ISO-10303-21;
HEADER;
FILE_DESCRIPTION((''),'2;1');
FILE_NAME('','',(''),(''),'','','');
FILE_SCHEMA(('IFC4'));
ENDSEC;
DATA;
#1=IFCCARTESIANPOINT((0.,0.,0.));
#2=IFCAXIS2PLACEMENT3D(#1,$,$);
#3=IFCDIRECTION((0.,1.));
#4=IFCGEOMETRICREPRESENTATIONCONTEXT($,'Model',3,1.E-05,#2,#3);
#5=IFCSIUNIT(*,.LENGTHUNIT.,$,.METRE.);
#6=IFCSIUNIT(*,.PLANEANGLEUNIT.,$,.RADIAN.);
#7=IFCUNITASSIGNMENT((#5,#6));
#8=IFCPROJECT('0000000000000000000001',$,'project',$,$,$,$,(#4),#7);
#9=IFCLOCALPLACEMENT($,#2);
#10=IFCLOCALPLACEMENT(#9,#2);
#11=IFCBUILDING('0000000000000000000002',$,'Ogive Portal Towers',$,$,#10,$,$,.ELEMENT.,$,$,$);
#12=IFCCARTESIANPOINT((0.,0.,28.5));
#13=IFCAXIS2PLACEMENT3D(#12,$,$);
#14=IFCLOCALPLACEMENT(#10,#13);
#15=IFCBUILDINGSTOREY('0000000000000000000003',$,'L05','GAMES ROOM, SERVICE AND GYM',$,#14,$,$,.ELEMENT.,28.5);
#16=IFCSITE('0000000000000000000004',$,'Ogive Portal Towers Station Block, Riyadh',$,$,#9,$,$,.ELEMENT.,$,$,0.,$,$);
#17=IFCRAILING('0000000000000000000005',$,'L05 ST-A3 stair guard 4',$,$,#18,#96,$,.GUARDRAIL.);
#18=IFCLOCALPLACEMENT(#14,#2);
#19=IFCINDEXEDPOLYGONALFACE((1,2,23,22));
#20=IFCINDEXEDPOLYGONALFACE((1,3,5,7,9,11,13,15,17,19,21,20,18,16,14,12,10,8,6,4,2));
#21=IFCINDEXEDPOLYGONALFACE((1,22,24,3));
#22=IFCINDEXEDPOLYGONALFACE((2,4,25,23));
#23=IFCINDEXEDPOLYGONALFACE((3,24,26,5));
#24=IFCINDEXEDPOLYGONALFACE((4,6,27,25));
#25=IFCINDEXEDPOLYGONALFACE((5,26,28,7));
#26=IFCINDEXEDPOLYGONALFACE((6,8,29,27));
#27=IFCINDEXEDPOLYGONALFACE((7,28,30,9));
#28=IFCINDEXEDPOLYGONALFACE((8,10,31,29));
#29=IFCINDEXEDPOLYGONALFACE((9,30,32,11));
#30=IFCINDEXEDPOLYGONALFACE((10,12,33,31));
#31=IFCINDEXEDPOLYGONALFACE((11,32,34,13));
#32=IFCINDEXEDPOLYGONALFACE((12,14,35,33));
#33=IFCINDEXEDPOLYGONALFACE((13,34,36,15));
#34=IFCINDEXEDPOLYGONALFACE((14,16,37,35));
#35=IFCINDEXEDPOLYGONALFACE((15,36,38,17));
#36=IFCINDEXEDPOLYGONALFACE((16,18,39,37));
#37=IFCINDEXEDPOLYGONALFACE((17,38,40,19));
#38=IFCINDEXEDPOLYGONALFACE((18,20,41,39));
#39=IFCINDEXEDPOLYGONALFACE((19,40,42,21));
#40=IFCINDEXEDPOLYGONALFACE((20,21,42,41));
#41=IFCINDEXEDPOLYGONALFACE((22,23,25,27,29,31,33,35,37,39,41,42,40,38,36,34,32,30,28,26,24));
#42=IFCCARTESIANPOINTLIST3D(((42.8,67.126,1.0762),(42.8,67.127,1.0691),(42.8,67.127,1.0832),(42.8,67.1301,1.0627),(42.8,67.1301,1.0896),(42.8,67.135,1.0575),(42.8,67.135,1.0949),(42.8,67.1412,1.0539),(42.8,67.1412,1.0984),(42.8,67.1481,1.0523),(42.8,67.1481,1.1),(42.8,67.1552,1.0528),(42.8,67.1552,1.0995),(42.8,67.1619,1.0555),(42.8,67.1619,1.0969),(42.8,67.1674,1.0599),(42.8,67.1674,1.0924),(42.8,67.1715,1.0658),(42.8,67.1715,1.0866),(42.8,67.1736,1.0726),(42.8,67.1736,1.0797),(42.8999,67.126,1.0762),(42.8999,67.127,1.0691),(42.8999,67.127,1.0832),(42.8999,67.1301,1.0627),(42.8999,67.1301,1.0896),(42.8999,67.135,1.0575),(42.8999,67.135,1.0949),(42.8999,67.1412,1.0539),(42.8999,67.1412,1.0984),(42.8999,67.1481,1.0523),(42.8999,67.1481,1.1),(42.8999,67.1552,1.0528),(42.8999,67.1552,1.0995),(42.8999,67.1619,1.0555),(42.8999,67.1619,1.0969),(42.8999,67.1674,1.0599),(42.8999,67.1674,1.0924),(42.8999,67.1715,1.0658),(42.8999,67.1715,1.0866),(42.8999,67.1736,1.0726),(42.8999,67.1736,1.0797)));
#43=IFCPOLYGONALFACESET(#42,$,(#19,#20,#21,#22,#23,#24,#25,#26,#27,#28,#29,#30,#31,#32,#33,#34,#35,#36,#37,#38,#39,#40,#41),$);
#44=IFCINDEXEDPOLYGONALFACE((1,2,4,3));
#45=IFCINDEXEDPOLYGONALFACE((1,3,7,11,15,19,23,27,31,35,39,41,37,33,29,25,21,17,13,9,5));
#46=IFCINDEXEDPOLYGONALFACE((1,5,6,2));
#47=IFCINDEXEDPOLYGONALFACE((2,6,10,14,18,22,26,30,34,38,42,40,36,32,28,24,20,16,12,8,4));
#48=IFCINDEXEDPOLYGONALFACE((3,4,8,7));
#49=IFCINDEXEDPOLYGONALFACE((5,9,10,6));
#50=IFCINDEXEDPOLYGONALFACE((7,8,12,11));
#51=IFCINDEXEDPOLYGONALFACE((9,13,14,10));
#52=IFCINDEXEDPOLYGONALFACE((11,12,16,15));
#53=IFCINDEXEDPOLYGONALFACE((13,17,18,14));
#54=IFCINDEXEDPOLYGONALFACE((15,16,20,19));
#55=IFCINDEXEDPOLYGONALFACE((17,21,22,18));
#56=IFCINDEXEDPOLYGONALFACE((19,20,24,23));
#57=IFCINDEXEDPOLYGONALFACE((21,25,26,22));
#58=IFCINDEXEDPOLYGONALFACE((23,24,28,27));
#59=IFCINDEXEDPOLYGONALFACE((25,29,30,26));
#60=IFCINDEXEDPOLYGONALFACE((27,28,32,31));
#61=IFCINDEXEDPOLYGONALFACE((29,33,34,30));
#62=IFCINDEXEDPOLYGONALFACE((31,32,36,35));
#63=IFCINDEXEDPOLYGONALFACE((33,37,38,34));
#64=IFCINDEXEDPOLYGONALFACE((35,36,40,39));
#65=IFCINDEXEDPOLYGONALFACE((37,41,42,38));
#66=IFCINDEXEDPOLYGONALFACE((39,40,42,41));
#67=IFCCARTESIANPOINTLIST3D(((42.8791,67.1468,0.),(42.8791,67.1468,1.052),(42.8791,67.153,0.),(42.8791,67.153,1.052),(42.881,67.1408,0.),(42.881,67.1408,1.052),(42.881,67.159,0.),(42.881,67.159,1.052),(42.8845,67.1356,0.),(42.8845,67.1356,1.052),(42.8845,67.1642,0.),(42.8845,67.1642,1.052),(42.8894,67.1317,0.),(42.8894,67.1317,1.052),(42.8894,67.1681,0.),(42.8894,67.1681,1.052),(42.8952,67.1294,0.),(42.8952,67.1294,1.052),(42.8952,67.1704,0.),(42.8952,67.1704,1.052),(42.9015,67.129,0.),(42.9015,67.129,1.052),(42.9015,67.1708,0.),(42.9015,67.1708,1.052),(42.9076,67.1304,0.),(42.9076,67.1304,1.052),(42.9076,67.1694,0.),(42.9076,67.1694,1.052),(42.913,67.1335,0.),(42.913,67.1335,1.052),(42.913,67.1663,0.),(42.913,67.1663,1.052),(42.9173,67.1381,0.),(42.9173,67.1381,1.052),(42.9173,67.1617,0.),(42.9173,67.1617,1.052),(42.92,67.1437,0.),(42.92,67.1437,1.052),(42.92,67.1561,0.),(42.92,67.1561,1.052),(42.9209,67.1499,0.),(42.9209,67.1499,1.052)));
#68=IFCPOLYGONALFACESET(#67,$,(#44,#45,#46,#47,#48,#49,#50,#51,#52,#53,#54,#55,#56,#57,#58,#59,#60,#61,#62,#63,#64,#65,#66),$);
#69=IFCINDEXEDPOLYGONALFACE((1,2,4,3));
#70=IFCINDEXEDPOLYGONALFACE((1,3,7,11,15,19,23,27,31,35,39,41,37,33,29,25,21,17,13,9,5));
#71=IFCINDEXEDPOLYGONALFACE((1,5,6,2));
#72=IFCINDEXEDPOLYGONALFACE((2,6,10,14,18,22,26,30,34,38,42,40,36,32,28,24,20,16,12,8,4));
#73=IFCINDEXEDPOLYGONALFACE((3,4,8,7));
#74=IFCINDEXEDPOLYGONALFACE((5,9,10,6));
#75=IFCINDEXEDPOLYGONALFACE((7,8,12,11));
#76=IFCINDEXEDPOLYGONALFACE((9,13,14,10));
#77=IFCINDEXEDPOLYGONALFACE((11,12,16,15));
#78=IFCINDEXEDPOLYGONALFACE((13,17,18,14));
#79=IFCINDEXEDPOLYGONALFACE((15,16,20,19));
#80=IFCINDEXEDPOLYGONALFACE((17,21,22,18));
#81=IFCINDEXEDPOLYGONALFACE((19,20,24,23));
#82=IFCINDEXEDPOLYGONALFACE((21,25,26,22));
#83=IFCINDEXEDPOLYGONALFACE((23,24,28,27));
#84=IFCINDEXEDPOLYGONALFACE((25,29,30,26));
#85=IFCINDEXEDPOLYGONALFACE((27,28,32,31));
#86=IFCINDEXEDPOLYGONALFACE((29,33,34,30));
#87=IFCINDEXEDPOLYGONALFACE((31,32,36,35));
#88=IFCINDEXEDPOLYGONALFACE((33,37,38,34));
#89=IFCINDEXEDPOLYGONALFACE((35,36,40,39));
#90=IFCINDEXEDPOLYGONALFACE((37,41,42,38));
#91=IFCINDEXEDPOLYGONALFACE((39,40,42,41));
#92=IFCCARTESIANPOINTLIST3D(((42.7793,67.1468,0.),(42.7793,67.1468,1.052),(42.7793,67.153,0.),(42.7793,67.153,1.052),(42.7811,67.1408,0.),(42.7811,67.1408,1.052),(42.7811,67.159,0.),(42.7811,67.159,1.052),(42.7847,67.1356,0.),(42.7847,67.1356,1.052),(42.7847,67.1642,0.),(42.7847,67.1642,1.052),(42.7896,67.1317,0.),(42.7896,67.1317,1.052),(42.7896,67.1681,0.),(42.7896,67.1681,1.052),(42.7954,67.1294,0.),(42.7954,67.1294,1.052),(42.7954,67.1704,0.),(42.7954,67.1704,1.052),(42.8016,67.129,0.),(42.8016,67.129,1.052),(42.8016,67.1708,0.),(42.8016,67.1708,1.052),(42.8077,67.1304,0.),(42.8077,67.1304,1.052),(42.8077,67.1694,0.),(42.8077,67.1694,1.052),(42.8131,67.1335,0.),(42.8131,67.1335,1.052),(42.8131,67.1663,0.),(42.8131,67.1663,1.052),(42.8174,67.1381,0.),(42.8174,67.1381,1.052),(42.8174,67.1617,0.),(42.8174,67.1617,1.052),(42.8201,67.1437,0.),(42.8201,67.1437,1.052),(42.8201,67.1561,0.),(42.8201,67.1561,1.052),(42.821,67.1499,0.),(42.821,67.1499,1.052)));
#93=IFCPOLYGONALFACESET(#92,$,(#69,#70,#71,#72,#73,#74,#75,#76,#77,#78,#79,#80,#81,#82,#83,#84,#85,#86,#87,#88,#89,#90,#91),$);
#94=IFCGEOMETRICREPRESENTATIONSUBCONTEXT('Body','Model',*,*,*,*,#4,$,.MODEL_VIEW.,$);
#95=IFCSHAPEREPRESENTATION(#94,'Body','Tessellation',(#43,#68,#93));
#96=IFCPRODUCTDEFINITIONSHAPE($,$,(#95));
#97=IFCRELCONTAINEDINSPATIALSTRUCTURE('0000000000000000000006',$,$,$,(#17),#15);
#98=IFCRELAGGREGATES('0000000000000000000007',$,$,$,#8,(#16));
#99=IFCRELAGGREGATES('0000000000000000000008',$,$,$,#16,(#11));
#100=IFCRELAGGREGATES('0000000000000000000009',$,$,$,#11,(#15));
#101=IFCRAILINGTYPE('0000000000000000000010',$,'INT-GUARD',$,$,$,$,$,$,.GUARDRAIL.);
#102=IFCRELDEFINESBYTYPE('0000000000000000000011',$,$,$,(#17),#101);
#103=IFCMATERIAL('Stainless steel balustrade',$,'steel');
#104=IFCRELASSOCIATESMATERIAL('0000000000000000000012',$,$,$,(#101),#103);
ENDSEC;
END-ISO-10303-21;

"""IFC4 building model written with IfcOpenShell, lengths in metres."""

from ifc_helpers import new_model, si_unit, direction, frame, origin, origin_2d, place, context, subcontext, project, spatial, circle, extrude, material, type_object, element, save


model = new_model("IFC4")

# Units and contexts
model_context = context("Model", 3, precision=1e-05, world=origin(), true_north=direction((0.0, 1.0)))
body_context = subcontext(model_context, "Body", "Model", "MODEL_VIEW")
ifc_project = project(units=[si_unit("LENGTHUNIT", "METRE"), si_unit("PLANEANGLEUNIT", "RADIAN")], contexts=[model_context])

# Site, building, storey
site_placement = place(None, origin())
site = spatial("IfcSite", under=ifc_project, at=site_placement, Name="Ogive Portal Towers Station Block, Riyadh", CompositionType="ELEMENT", RefElevation=0.0)
building_placement = place(site_placement, origin())
building = spatial("IfcBuilding", under=site, at=building_placement, Name="Ogive Portal Towers", CompositionType="ELEMENT")
storey_placement = place(building_placement, frame((0.0, 0.0, 28.5)))
storey = spatial("IfcBuildingStorey", under=building, at=storey_placement, Name="L05", Description="GAMES ROOM, SERVICE AND GYM", CompositionType="ELEMENT", Elevation=28.5)

# Railing
ifc_material_1 = material(Name="Stainless steel balustrade", Category="steel")
railing_type_1 = type_object("IfcRailingType", Name="INT-GUARD", PredefinedType="GUARDRAIL", material=ifc_material_1)
railing_1_placement = place(storey_placement, frame((42.8999, 67.1499, 0.0)))
element("IfcRailing", 1, at=railing_1_placement, inside=storey, type_object=railing_type_1, Name="L05 ST-A3 stair guard 4", PredefinedType="GUARDRAIL", context=body_context, shape_type="SweptSolid", body=[
    extrude(circle(Radius=0.0239, at=origin_2d()), frame((0.0, 0.0, 1.0762), z_axis=(-1.0, 0.0, 0.0), x_axis=(0.0, -1.0, 0.0)), (0.0, 0.0, 1.0), 0.0999),
    extrude(circle(Radius=0.021, at=origin_2d()), origin(), (0.0, 0.0, 1.0), 1.052),
    extrude(circle(Radius=0.021, at=origin_2d()), frame((-0.0999, 0.0, 0.0)), (0.0, 0.0, 1.0), 1.052),
])

save(model, "model.ifc")
